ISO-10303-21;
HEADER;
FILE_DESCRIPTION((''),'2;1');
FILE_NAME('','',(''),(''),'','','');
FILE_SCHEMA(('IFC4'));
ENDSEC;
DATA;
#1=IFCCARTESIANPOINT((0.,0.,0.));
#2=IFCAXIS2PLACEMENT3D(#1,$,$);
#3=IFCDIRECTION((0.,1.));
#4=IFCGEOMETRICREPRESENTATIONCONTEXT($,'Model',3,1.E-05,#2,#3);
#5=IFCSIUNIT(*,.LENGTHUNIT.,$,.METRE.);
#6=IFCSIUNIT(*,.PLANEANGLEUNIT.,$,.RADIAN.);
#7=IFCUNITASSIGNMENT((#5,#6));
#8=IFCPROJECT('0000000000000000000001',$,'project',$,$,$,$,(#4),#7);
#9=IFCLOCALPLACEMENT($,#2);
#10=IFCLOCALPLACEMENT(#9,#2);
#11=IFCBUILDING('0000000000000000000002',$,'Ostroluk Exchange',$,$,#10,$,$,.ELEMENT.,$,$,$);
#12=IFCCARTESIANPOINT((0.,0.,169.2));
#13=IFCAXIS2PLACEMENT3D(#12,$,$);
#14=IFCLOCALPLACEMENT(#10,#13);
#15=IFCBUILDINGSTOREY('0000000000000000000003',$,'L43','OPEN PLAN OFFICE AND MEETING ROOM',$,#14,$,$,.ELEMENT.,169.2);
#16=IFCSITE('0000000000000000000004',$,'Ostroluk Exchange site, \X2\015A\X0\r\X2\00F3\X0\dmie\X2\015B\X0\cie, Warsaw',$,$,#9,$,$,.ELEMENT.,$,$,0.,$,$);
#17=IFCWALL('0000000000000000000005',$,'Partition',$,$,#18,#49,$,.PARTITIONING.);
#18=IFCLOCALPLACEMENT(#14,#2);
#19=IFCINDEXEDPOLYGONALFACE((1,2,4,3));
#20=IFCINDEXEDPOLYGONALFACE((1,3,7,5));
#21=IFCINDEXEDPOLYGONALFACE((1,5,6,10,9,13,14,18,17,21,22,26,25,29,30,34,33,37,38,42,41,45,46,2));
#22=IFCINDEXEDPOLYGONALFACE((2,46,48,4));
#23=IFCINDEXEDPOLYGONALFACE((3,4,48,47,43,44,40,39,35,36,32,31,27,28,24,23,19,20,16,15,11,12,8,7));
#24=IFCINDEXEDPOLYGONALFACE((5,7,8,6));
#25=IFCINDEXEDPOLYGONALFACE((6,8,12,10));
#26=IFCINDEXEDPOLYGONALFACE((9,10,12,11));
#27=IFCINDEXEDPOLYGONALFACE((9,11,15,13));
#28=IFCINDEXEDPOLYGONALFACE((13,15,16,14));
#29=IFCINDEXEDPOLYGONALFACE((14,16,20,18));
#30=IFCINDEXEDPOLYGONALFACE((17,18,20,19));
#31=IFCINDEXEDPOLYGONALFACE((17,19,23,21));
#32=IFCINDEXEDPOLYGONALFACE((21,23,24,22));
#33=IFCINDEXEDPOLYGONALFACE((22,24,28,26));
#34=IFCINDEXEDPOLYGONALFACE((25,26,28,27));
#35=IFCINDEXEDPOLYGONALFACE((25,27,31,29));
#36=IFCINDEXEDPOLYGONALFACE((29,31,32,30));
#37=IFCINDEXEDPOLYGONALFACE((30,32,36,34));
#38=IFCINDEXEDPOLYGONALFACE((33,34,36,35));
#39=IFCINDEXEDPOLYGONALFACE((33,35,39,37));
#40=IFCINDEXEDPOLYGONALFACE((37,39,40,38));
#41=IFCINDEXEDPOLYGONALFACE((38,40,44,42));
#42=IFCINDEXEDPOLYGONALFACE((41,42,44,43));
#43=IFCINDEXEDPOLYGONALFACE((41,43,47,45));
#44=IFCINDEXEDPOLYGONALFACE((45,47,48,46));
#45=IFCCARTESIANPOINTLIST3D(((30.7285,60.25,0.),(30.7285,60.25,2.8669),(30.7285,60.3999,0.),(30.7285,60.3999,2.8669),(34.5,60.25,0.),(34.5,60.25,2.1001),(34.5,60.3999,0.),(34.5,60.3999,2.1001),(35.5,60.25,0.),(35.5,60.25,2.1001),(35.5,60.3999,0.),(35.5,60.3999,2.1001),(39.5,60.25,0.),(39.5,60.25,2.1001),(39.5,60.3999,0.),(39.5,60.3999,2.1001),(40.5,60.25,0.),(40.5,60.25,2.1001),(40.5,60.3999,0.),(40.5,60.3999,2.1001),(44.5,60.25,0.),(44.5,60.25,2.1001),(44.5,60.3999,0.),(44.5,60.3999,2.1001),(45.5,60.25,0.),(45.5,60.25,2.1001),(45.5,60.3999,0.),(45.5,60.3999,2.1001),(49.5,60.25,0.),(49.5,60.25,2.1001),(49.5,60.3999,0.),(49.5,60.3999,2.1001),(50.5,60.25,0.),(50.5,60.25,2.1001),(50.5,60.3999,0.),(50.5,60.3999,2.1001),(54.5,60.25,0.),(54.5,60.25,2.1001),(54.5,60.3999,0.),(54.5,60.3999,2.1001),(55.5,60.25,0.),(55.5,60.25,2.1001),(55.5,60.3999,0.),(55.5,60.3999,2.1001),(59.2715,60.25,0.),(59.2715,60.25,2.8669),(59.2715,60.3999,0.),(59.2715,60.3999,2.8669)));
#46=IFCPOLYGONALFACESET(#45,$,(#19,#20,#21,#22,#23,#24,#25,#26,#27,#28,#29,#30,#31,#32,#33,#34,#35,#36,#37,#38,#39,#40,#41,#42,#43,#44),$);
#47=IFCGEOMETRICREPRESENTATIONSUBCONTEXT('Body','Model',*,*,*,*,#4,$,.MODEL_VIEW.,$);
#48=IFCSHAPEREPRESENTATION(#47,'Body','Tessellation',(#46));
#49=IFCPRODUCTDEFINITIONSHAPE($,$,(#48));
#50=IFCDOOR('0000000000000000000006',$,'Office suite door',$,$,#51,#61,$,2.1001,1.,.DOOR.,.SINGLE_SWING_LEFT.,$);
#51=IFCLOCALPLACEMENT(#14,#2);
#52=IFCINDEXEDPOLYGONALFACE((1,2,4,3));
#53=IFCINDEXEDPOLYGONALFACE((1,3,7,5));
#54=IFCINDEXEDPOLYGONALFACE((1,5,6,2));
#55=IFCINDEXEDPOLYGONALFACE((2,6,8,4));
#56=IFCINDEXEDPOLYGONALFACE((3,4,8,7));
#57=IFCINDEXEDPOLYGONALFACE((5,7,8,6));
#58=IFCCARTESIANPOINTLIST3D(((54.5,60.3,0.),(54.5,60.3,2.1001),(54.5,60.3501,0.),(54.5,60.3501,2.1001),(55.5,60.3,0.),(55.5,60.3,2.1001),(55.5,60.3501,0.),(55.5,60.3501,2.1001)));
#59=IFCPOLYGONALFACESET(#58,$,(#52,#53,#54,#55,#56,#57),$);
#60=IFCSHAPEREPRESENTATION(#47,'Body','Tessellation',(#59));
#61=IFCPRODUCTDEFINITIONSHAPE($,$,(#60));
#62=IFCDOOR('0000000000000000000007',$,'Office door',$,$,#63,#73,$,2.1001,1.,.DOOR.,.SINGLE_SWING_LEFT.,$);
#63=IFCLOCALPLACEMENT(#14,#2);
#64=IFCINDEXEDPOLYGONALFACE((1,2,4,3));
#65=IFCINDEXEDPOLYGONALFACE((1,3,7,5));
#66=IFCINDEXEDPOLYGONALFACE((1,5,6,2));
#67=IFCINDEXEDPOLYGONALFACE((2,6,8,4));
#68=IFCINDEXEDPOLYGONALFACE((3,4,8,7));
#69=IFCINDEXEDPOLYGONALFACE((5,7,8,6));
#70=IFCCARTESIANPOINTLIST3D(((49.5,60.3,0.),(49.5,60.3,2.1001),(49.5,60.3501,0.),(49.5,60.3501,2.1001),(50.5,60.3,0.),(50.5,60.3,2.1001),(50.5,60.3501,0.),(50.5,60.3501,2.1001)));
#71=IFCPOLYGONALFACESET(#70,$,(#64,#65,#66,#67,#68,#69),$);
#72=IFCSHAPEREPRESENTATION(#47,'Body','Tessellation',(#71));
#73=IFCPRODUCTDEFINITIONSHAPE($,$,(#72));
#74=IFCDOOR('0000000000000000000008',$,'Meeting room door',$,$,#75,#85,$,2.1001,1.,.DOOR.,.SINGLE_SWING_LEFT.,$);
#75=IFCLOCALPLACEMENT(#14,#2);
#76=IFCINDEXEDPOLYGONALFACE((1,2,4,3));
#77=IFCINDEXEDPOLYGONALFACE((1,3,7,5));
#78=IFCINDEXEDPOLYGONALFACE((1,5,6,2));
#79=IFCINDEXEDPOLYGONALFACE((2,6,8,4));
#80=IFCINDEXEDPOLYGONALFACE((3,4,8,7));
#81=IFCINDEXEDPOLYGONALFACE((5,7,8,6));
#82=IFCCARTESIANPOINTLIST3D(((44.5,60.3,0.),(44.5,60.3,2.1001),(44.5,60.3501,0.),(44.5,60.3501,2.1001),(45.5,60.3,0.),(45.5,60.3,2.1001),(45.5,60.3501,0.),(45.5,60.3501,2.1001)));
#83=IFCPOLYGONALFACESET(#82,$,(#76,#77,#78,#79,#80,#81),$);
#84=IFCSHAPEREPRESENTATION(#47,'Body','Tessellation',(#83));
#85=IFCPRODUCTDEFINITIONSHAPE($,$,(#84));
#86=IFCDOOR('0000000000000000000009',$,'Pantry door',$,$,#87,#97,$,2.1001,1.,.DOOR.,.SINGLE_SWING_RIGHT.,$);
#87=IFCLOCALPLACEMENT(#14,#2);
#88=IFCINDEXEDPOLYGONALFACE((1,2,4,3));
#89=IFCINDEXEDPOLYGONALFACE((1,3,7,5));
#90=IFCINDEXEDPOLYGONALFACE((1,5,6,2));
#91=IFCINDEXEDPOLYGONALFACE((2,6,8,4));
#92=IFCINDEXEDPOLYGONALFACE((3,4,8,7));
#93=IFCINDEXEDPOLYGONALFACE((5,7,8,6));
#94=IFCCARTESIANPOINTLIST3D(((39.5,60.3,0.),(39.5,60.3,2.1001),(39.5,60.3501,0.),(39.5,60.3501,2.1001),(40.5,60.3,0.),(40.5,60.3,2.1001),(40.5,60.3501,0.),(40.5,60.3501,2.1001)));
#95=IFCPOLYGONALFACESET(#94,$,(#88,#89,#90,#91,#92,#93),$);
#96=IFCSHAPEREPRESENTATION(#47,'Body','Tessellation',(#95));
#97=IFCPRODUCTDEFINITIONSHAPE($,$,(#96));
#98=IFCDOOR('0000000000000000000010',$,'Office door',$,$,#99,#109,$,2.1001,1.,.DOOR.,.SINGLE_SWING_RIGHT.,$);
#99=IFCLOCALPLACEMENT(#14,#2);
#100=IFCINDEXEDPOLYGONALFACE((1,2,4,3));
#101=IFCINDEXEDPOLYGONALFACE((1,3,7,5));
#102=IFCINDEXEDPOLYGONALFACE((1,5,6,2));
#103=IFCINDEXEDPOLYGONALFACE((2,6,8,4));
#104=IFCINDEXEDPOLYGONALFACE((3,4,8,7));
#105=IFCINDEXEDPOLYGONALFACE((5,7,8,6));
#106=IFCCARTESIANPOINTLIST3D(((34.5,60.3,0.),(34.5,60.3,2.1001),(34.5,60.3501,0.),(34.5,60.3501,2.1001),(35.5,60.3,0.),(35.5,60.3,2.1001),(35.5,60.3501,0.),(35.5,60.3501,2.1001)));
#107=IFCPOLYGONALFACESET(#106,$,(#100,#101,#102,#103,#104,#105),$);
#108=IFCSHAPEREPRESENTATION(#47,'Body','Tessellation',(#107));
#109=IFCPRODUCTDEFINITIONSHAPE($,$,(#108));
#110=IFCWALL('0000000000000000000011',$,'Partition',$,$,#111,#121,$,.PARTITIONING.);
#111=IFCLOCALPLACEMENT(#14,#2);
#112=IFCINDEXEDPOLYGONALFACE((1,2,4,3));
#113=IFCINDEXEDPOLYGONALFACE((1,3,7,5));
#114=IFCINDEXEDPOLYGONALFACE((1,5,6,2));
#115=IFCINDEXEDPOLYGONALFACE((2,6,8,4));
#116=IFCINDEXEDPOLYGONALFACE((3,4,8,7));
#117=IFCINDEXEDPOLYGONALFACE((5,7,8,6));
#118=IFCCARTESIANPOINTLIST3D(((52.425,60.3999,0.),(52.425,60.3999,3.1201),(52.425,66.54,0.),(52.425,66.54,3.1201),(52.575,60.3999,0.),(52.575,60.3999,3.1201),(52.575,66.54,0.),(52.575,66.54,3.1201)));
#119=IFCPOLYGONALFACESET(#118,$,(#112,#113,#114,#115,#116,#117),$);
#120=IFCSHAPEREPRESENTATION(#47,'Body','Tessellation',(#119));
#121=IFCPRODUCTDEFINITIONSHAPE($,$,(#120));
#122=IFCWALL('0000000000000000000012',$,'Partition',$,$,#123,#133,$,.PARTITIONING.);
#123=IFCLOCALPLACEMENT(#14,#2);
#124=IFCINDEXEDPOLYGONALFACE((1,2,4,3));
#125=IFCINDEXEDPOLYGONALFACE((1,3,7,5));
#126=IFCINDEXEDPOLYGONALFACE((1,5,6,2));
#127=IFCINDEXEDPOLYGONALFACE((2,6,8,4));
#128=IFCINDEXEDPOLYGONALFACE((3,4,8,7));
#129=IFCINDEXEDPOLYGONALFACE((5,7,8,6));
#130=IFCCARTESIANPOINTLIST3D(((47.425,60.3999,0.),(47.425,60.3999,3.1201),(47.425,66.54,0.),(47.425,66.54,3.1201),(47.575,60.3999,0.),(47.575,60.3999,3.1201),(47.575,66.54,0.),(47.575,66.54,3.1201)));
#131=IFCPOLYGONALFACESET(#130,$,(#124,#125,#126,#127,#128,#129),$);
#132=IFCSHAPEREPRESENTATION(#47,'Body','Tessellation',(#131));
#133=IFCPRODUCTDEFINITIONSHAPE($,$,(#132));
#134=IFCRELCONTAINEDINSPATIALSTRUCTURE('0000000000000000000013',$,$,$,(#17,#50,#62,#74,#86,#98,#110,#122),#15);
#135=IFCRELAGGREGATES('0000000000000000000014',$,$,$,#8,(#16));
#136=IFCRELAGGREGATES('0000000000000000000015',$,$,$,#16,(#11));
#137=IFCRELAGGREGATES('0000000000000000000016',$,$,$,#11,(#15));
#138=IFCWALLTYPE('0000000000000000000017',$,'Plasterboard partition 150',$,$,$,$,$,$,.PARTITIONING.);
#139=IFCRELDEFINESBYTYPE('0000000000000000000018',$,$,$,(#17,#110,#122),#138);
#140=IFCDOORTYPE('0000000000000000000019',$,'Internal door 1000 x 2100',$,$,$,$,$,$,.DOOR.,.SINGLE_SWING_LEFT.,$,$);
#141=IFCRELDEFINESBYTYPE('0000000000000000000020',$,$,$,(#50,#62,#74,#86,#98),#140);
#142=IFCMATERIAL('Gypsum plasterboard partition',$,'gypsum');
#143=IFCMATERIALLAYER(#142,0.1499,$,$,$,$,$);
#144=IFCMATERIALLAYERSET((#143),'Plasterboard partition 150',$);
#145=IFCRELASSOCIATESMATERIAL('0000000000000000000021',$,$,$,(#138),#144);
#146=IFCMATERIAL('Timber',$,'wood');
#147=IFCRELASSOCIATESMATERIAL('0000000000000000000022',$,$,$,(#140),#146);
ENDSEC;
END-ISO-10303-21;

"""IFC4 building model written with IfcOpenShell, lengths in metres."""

from ifc_helpers import new_model, si_unit, direction, frame, frame_2d, origin, place, context, subcontext, project, spatial, rectangle, extrude, material, layer, layer_set, type_object, element, fill, save


model = new_model("IFC4")

# Units and contexts
model_context = context("Model", 3, precision=1e-05, world=origin(), true_north=direction((0.0, 1.0)))
body_context = subcontext(model_context, "Body", "Model", "MODEL_VIEW")
ifc_project = project(units=[si_unit("LENGTHUNIT", "METRE"), si_unit("PLANEANGLEUNIT", "RADIAN")], contexts=[model_context])

# Site, building, storey
site_placement = place(None, origin())
site = spatial("IfcSite", under=ifc_project, at=site_placement, Name="Ostroluk Exchange site, Śródmieście, Warsaw", CompositionType="ELEMENT", RefElevation=0.0)
building_placement = place(site_placement, origin())
building = spatial("IfcBuilding", under=site, at=building_placement, Name="Ostroluk Exchange", CompositionType="ELEMENT")
storey_placement = place(building_placement, frame((0.0, 0.0, 169.2)))
storey = spatial("IfcBuildingStorey", under=building, at=storey_placement, Name="L43", Description="OPEN PLAN OFFICE AND MEETING ROOM", CompositionType="ELEMENT", Elevation=169.2)

# Shared definitions
ifc_material_1 = material(Name="Gypsum plasterboard partition", Category="gypsum")
ifc_layer_1 = layer(ifc_material_1, 0.1499)
ifc_layer_set_1 = layer_set([ifc_layer_1], Name="Plasterboard partition 150")
wall_type = type_object("IfcWallType", Name="Plasterboard partition 150", PredefinedType="PARTITIONING", material=ifc_layer_set_1)
ifc_material_2 = material(Name="Timber", Category="wood")
door_type = type_object("IfcDoorType", Name="Internal door 1000 x 2100", OperationType="SINGLE_SWING_LEFT", PredefinedType="DOOR", material=ifc_material_2)

# Wall, openings, doors
wall_1_placement = place(storey_placement, frame((59.2715, 60.325, 0.0), z_axis=(0.0, 0.0, 1.0), x_axis=(-1.0, 0.0, 0.0)))
wall_1 = element("IfcWall", 1, at=wall_1_placement, inside=storey, type_object=wall_type, Name="Partition", PredefinedType="PARTITIONING", context=body_context, shape_type="SweptSolid", body=[
    extrude(rectangle(XDim=28.543, YDim=0.1499, at=frame_2d((14.2715, 0.0))), origin(), (0.0, 0.0, 1.0), 2.8669),
])
opening_1_placement = place(wall_1_placement, frame((3.7715, 0.0, 0.0)))
opening_1 = element("IfcOpeningElement", 2, at=opening_1_placement, cuts=wall_1, PredefinedType="OPENING", context=body_context, shape_type="SweptSolid", body=[
    extrude(rectangle(XDim=1.0, YDim=2.1001, at=frame_2d((0.5, 1.05))), frame((0.0, 0.085, 0.0), z_axis=(0.0, -1.0, 0.0), x_axis=(1.0, 0.0, 0.0)), (0.0, 0.0, 1.0), 0.1699),
])
opening_2_placement = place(wall_1_placement, frame((8.7715, 0.0, 0.0)))
opening_2 = element("IfcOpeningElement", 3, at=opening_2_placement, cuts=wall_1, PredefinedType="OPENING", context=body_context, shape_type="SweptSolid", body=[
    extrude(rectangle(XDim=1.0, YDim=2.1001, at=frame_2d((0.5, 1.05))), frame((0.0, 0.085, 0.0), z_axis=(0.0, -1.0, 0.0), x_axis=(1.0, 0.0, 0.0)), (0.0, 0.0, 1.0), 0.1699),
])
opening_3_placement = place(wall_1_placement, frame((13.7715, 0.0, 0.0)))
opening_3 = element("IfcOpeningElement", 4, at=opening_3_placement, cuts=wall_1, PredefinedType="OPENING", context=body_context, shape_type="SweptSolid", body=[
    extrude(rectangle(XDim=1.0, YDim=2.1001, at=frame_2d((0.5, 1.05))), frame((0.0, 0.085, 0.0), z_axis=(0.0, -1.0, 0.0), x_axis=(1.0, 0.0, 0.0)), (0.0, 0.0, 1.0), 0.1699),
])
opening_4_placement = place(wall_1_placement, frame((18.7715, 0.0, 0.0)))
opening_4 = element("IfcOpeningElement", 5, at=opening_4_placement, cuts=wall_1, PredefinedType="OPENING", context=body_context, shape_type="SweptSolid", body=[
    extrude(rectangle(XDim=1.0, YDim=2.1001, at=frame_2d((0.5, 1.05))), frame((0.0, 0.085, 0.0), z_axis=(0.0, -1.0, 0.0), x_axis=(1.0, 0.0, 0.0)), (0.0, 0.0, 1.0), 0.1699),
])
opening_5_placement = place(wall_1_placement, frame((23.7715, 0.0, 0.0)))
opening_5 = element("IfcOpeningElement", 6, at=opening_5_placement, cuts=wall_1, PredefinedType="OPENING", context=body_context, shape_type="SweptSolid", body=[
    extrude(rectangle(XDim=1.0, YDim=2.1001, at=frame_2d((0.5, 1.05))), frame((0.0, 0.085, 0.0), z_axis=(0.0, -1.0, 0.0), x_axis=(1.0, 0.0, 0.0)), (0.0, 0.0, 1.0), 0.1699),
])
door_1_placement = place(opening_1_placement, origin())
door_1 = element("IfcDoor", 7, at=door_1_placement, inside=storey, type_object=door_type, Name="Office suite door", OperationType="SINGLE_SWING_LEFT", OverallHeight=2.1001, OverallWidth=1.0, PredefinedType="DOOR", context=body_context, shape_type="SweptSolid", body=[
    extrude(rectangle(XDim=1.0, YDim=2.1001, at=frame_2d((0.5, 1.05))), frame((0.0, 0.0249, 0.0), z_axis=(0.0, -1.0, 0.0), x_axis=(1.0, 0.0, 0.0)), (0.0, 0.0, 1.0), 0.05),
])
fill(opening_1, door_1)
door_2_placement = place(opening_2_placement, origin())
door_2 = element("IfcDoor", 8, at=door_2_placement, inside=storey, type_object=door_type, Name="Office door", OperationType="SINGLE_SWING_LEFT", OverallHeight=2.1001, OverallWidth=1.0, PredefinedType="DOOR", context=body_context, shape_type="SweptSolid", body=[
    extrude(rectangle(XDim=1.0, YDim=2.1001, at=frame_2d((0.5, 1.05))), frame((0.0, 0.0249, 0.0), z_axis=(0.0, -1.0, 0.0), x_axis=(1.0, 0.0, 0.0)), (0.0, 0.0, 1.0), 0.05),
])
fill(opening_2, door_2)
door_3_placement = place(opening_3_placement, origin())
door_3 = element("IfcDoor", 9, at=door_3_placement, inside=storey, type_object=door_type, Name="Meeting room door", OperationType="SINGLE_SWING_LEFT", OverallHeight=2.1001, OverallWidth=1.0, PredefinedType="DOOR", context=body_context, shape_type="SweptSolid", body=[
    extrude(rectangle(XDim=1.0, YDim=2.1001, at=frame_2d((0.5, 1.05))), frame((0.0, 0.0249, 0.0), z_axis=(0.0, -1.0, 0.0), x_axis=(1.0, 0.0, 0.0)), (0.0, 0.0, 1.0), 0.05),
])
fill(opening_3, door_3)
door_4_placement = place(opening_4_placement, origin())
door_4 = element("IfcDoor", 10, at=door_4_placement, inside=storey, type_object=door_type, Name="Pantry door", OperationType="SINGLE_SWING_RIGHT", OverallHeight=2.1001, OverallWidth=1.0, PredefinedType="DOOR", context=body_context, shape_type="SweptSolid", body=[
    extrude(rectangle(XDim=1.0, YDim=2.1001, at=frame_2d((0.5, 1.05))), frame((0.0, 0.0249, 0.0), z_axis=(0.0, -1.0, 0.0), x_axis=(1.0, 0.0, 0.0)), (0.0, 0.0, 1.0), 0.05),
])
fill(opening_4, door_4)
door_5_placement = place(opening_5_placement, origin())
door_5 = element("IfcDoor", 11, at=door_5_placement, inside=storey, type_object=door_type, Name="Office door", OperationType="SINGLE_SWING_RIGHT", OverallHeight=2.1001, OverallWidth=1.0, PredefinedType="DOOR", context=body_context, shape_type="SweptSolid", body=[
    extrude(rectangle(XDim=1.0, YDim=2.1001, at=frame_2d((0.5, 1.05))), frame((0.0, 0.0249, 0.0), z_axis=(0.0, -1.0, 0.0), x_axis=(1.0, 0.0, 0.0)), (0.0, 0.0, 1.0), 0.05),
])
fill(opening_5, door_5)

# Walls
for number, where, z_axis, x_axis, name in (
    (12, (52.5, 60.3999, 0.0), (0.0, 0.0, 1.0), (0.0, 1.0, 0.0), "Partition"),
    (13, (47.5, 60.3999, 0.0), (0.0, 0.0, 1.0), (0.0, 1.0, 0.0), "Partition"),
):
    element("IfcWall", number, at=place(storey_placement, frame(where, z_axis=z_axis, x_axis=x_axis)), inside=storey, type_object=wall_type, Name=name, PredefinedType="PARTITIONING", context=body_context, shape_type="SweptSolid", body=[
        extrude(rectangle(XDim=6.1401, YDim=0.1499, at=frame_2d((3.0701, 0.0))), origin(), (0.0, 0.0, 1.0), 3.1201),
    ])

save(model, "model.ifc")
